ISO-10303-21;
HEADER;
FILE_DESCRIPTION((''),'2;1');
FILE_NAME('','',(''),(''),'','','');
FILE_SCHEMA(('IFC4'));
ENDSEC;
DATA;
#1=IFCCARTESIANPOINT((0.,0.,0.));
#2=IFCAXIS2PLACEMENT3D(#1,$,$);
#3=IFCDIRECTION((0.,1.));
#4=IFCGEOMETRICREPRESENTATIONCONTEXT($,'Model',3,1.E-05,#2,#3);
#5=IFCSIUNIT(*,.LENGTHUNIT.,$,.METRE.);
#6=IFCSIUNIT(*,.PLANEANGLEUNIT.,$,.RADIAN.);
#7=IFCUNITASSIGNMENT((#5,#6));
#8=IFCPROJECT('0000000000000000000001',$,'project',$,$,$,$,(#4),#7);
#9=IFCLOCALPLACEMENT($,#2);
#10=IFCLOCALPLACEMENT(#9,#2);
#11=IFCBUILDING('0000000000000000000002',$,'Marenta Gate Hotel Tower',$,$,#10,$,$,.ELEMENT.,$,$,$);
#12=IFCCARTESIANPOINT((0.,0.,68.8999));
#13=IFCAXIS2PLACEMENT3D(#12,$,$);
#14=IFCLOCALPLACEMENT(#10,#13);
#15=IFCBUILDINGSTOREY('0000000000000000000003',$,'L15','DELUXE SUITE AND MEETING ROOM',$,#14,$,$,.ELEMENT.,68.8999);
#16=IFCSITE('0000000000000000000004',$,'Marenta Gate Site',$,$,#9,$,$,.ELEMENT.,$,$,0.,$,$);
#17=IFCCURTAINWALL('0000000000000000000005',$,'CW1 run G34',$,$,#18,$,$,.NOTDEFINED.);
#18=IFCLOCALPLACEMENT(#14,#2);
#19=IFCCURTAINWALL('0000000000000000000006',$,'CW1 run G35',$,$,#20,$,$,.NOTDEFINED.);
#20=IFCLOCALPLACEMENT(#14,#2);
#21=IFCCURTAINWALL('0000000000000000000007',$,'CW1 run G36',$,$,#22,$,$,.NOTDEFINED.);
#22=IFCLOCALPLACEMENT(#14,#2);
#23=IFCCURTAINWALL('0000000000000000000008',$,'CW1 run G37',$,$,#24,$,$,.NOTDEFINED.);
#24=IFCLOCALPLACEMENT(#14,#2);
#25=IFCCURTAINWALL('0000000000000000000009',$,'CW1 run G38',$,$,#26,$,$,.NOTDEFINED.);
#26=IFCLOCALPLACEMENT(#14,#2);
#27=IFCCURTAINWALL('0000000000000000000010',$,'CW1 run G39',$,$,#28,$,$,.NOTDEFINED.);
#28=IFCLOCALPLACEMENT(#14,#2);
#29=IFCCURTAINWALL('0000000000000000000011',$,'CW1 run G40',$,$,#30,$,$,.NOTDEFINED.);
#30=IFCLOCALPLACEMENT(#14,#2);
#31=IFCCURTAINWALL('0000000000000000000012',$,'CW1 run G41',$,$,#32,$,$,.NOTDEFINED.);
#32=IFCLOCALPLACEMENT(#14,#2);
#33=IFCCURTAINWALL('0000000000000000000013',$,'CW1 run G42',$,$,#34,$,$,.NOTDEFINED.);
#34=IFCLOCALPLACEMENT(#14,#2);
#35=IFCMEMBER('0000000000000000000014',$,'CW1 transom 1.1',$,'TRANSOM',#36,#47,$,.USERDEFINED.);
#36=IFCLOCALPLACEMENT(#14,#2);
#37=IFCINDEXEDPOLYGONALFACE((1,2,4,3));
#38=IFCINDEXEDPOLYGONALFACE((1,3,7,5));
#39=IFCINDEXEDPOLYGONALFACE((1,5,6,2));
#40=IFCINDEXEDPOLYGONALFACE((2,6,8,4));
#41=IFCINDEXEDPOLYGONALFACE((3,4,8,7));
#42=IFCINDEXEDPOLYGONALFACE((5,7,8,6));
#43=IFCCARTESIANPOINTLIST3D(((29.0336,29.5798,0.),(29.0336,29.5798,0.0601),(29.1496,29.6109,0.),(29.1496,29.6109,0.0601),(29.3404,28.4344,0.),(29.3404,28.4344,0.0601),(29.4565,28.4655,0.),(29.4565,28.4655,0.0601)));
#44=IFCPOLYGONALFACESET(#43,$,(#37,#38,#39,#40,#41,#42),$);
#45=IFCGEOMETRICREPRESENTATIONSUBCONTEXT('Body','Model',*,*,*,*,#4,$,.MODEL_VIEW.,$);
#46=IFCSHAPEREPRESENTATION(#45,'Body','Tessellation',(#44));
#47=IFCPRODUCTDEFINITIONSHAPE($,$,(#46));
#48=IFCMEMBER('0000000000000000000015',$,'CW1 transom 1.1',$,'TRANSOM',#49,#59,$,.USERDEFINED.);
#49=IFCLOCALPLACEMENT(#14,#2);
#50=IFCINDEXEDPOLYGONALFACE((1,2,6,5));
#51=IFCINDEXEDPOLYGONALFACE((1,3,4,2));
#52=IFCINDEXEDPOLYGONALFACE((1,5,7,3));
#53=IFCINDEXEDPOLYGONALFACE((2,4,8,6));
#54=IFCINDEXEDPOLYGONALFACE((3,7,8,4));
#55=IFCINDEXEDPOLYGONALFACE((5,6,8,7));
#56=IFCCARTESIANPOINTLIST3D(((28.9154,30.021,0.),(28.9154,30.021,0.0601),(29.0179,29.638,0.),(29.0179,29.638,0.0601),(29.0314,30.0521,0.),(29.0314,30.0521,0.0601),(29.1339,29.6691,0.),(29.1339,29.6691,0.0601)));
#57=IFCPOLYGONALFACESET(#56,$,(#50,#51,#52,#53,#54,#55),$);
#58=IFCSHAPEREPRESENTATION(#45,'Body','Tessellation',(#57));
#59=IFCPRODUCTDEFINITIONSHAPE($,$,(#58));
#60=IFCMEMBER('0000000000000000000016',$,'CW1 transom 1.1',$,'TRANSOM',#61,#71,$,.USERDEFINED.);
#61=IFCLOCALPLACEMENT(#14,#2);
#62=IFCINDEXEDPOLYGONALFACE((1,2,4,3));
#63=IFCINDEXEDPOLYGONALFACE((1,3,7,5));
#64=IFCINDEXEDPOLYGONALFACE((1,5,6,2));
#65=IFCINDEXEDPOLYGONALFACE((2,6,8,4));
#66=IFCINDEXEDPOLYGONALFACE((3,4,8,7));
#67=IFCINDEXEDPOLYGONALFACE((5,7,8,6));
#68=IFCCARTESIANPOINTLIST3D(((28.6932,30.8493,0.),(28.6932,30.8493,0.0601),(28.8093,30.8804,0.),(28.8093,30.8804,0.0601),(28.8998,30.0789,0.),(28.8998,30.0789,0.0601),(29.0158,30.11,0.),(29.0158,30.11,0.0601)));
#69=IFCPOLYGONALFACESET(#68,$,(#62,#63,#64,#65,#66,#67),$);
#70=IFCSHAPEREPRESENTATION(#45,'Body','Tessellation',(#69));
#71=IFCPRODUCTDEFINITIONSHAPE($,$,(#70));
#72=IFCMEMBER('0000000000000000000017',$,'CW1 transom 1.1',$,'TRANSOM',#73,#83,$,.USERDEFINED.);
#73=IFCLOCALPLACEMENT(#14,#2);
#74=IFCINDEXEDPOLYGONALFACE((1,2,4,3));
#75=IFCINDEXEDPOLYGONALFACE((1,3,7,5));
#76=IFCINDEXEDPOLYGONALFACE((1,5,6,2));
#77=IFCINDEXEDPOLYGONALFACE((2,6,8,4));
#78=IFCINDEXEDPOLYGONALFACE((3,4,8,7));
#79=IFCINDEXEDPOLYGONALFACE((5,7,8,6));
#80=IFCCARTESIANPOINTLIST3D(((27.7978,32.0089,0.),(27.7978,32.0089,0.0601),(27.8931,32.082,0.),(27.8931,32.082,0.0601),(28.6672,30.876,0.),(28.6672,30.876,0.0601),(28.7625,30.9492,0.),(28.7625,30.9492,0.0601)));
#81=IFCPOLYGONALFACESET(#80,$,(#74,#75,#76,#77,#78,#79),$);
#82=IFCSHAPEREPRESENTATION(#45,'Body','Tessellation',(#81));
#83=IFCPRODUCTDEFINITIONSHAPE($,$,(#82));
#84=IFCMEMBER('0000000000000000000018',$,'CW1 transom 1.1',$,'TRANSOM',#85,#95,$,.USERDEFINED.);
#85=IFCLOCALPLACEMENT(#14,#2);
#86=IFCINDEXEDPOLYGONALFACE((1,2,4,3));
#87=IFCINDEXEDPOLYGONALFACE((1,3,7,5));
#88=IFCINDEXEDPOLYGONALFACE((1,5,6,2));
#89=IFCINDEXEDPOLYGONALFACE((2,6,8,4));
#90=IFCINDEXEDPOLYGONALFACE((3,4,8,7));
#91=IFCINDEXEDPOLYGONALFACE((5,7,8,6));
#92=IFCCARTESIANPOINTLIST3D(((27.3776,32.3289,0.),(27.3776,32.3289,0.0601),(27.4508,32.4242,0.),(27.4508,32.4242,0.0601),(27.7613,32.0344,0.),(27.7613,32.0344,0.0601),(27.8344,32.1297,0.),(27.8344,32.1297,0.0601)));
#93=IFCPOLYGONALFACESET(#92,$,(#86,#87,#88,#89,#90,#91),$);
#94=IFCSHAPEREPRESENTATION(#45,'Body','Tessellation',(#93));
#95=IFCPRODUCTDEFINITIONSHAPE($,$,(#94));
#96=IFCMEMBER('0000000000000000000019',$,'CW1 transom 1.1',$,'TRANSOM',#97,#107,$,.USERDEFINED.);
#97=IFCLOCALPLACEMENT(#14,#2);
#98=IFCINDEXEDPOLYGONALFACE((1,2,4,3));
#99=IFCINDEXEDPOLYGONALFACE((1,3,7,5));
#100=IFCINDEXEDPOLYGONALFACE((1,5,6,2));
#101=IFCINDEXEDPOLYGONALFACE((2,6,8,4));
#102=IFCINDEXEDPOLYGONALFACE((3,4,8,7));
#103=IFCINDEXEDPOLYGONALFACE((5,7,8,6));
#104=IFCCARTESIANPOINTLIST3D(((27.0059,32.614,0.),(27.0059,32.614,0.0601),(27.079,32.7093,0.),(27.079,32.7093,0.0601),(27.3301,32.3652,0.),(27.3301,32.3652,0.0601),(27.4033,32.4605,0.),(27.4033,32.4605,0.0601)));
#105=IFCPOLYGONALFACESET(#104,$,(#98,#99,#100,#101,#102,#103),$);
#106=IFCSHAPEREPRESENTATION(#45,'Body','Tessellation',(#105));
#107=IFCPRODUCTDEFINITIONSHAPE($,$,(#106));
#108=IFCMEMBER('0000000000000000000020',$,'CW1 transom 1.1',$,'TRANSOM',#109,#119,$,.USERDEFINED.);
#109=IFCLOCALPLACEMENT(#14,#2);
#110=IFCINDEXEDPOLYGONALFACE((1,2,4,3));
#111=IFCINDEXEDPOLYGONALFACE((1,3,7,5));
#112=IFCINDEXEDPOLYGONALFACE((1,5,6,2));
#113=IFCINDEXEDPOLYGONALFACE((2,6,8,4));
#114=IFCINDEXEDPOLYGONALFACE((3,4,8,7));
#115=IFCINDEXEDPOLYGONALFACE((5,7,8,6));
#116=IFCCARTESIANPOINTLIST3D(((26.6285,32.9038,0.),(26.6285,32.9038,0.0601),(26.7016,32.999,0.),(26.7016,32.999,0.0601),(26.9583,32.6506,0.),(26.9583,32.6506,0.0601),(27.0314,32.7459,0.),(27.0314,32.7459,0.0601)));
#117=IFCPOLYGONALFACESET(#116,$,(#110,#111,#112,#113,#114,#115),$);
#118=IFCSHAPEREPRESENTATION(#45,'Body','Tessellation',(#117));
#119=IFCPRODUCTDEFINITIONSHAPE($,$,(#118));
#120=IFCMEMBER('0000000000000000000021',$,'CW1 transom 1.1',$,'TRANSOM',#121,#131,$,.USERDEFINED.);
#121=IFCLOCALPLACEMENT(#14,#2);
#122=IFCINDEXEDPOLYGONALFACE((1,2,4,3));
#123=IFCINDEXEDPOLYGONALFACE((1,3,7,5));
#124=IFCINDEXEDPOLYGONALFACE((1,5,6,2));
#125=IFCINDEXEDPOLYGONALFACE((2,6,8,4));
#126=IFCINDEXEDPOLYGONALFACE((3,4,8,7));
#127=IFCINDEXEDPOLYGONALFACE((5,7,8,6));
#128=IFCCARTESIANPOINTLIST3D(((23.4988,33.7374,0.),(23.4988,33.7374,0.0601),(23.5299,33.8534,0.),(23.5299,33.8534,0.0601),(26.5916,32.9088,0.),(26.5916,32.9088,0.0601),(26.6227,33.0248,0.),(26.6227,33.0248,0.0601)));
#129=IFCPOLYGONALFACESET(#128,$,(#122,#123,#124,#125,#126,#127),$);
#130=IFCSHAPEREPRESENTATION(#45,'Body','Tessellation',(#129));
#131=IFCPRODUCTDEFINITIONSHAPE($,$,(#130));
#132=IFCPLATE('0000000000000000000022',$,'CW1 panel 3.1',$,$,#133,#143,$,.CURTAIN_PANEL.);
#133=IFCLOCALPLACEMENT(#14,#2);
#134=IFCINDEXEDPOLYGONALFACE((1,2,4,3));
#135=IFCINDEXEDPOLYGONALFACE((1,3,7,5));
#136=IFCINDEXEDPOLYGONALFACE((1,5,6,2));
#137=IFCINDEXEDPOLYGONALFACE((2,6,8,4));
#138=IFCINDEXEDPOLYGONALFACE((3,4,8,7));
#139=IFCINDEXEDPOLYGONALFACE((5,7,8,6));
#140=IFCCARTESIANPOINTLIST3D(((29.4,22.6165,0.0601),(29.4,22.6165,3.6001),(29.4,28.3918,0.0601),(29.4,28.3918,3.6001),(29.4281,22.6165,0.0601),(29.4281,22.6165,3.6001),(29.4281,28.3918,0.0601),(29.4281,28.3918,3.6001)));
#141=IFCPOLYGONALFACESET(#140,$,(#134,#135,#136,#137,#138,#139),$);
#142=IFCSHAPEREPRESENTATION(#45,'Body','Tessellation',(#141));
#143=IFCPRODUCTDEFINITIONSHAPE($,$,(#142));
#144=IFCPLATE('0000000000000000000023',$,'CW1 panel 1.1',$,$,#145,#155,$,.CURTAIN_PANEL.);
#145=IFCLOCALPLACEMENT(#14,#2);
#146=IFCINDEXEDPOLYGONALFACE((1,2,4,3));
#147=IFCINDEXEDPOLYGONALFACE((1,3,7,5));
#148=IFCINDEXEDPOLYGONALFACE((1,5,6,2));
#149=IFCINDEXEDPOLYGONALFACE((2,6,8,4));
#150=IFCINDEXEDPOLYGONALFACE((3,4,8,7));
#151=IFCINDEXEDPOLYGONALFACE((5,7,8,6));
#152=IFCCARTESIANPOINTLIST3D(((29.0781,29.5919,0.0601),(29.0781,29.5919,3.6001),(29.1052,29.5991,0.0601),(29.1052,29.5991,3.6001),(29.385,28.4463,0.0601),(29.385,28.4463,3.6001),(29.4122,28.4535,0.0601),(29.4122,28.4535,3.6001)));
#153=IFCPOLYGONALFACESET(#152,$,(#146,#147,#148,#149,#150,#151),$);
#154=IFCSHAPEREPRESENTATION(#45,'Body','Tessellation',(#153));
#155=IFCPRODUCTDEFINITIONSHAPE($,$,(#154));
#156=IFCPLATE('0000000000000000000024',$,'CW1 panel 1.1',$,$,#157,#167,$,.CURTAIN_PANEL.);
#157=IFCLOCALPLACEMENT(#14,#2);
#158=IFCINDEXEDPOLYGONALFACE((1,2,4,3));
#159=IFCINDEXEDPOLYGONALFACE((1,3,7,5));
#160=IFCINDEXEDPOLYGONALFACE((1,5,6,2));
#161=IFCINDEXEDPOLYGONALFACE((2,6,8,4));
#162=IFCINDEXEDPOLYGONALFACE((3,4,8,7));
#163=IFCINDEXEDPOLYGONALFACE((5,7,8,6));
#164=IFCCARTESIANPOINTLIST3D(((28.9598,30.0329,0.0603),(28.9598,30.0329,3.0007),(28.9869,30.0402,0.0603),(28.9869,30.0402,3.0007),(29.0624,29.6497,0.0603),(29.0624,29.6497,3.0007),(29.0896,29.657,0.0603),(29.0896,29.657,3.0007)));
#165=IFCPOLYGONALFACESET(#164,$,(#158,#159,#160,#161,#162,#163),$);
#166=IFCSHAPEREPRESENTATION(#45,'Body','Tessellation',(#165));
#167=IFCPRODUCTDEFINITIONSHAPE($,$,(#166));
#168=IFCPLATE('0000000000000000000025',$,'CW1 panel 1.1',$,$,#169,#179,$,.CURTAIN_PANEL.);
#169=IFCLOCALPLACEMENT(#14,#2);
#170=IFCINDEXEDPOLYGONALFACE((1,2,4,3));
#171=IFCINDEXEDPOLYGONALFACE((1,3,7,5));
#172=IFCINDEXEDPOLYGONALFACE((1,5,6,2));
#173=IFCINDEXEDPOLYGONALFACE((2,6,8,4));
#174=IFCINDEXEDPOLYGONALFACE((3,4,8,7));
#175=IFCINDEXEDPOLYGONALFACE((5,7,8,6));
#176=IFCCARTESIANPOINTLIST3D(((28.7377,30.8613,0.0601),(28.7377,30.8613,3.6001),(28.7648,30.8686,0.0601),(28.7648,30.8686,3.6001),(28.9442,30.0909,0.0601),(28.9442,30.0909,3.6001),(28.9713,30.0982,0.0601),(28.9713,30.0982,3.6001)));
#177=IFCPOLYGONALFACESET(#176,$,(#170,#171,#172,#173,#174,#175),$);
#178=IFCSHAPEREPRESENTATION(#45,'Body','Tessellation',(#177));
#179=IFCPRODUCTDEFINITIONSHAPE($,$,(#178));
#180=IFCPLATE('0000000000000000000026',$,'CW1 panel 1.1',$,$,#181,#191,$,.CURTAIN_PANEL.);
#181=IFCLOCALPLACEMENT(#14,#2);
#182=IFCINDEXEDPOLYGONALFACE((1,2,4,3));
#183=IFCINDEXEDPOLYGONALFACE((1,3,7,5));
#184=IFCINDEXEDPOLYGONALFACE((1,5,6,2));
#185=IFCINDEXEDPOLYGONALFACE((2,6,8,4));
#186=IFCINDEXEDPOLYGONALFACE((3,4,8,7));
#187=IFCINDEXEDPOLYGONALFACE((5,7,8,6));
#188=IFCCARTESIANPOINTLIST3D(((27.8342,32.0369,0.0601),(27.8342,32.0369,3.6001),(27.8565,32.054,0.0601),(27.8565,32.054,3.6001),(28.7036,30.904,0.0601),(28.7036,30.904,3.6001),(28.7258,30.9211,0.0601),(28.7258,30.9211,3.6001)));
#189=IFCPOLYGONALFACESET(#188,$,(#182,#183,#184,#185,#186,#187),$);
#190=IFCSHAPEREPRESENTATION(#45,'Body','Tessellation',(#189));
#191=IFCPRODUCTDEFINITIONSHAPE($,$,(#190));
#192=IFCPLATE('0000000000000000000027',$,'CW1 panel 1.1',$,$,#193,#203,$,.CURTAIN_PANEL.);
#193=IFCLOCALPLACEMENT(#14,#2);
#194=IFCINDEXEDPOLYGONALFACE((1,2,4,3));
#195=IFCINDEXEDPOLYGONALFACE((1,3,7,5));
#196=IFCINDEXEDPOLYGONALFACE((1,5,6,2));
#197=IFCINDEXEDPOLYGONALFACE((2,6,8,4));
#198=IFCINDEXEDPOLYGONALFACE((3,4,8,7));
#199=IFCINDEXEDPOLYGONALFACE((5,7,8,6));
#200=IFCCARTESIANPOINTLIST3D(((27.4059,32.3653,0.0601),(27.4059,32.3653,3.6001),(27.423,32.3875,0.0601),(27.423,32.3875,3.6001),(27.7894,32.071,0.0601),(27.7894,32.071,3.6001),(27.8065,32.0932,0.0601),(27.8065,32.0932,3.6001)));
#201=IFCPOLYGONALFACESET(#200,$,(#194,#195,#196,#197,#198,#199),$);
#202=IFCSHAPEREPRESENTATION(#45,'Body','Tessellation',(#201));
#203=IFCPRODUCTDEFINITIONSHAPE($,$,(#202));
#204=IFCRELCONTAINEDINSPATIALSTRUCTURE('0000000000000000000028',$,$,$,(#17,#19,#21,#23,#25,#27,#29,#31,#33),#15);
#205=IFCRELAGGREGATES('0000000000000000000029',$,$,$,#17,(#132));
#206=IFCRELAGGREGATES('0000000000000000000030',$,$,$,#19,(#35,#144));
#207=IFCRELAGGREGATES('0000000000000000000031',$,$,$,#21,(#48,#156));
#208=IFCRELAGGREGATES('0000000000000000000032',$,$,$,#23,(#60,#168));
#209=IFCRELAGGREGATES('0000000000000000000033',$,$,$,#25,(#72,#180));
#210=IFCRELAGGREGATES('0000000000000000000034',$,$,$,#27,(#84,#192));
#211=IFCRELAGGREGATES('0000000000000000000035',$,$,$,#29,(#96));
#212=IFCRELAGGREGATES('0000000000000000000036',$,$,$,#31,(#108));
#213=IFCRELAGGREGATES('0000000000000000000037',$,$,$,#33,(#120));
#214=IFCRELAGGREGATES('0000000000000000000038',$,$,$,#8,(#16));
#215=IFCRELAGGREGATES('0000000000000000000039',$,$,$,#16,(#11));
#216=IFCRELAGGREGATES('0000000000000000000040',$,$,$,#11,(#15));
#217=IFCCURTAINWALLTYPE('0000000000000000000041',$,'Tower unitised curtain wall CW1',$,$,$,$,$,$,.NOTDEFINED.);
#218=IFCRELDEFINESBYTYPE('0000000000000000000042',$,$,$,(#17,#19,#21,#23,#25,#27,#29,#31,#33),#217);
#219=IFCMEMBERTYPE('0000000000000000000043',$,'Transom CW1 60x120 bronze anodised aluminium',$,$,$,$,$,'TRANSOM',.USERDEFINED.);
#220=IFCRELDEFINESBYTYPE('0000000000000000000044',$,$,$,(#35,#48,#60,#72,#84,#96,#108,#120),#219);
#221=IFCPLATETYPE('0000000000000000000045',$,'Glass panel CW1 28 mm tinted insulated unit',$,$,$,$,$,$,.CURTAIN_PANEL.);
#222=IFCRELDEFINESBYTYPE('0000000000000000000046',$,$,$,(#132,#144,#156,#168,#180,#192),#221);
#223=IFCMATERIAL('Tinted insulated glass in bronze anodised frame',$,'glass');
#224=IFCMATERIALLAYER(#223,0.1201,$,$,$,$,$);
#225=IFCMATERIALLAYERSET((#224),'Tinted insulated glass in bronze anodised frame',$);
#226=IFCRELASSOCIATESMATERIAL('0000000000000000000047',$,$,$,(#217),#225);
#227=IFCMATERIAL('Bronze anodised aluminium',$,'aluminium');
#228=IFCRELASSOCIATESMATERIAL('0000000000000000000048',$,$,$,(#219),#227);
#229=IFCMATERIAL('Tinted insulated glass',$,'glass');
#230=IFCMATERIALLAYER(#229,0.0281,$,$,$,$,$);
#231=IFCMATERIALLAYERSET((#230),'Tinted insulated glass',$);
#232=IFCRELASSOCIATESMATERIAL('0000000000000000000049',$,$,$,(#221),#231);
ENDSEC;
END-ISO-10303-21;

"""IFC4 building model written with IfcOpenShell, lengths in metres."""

from ifc_helpers import new_model, si_unit, direction, frame, origin, origin_2d, place, context, subcontext, project, spatial, rectangle, extrude, material, layer, layer_set, material_profile, profile_set, type_object, element, aggregate, save


model = new_model("IFC4")

# Units and contexts
model_context = context("Model", 3, precision=1e-05, world=origin(), true_north=direction((0.0, 1.0)))
body_context = subcontext(model_context, "Body", "Model", "MODEL_VIEW")
ifc_project = project(units=[si_unit("LENGTHUNIT", "METRE"), si_unit("PLANEANGLEUNIT", "RADIAN")], contexts=[model_context])

# Site, building, storey
site_placement = place(None, origin())
site = spatial("IfcSite", under=ifc_project, at=site_placement, Name="Marenta Gate Site", CompositionType="ELEMENT", RefElevation=0.0)
building_placement = place(site_placement, origin())
building = spatial("IfcBuilding", under=site, at=building_placement, Name="Marenta Gate Hotel Tower", CompositionType="ELEMENT")
storey_placement = place(building_placement, frame((0.0, 0.0, 68.8999)))
storey = spatial("IfcBuildingStorey", under=building, at=storey_placement, Name="L15", Description="DELUXE SUITE AND MEETING ROOM", CompositionType="ELEMENT", Elevation=68.8999)

# Curtain walls
ifc_material_1 = material(Name="Tinted insulated glass in bronze anodised frame", Category="glass")
ifc_layer_1 = layer(ifc_material_1, 0.1201)
ifc_layer_set_1 = layer_set([ifc_layer_1], Name="Tinted insulated glass in bronze anodised frame")
curtain_wall_type = type_object("IfcCurtainWallType", Name="Tower unitised curtain wall CW1", PredefinedType="NOTDEFINED", material=ifc_layer_set_1)
curtain_wall_1_placement = place(storey_placement, origin())
curtain_wall_1 = element("IfcCurtainWall", 1, at=curtain_wall_1_placement, inside=storey, type_object=curtain_wall_type, Name="CW1 run G34", PredefinedType="NOTDEFINED")
curtain_wall_2_placement = place(storey_placement, origin())
curtain_wall_2 = element("IfcCurtainWall", 2, at=curtain_wall_2_placement, inside=storey, type_object=curtain_wall_type, Name="CW1 run G35", PredefinedType="NOTDEFINED")
curtain_wall_3_placement = place(storey_placement, origin())
curtain_wall_3 = element("IfcCurtainWall", 3, at=curtain_wall_3_placement, inside=storey, type_object=curtain_wall_type, Name="CW1 run G36", PredefinedType="NOTDEFINED")
curtain_wall_4_placement = place(storey_placement, origin())
curtain_wall_4 = element("IfcCurtainWall", 4, at=curtain_wall_4_placement, inside=storey, type_object=curtain_wall_type, Name="CW1 run G37", PredefinedType="NOTDEFINED")
curtain_wall_5_placement = place(storey_placement, origin())
curtain_wall_5 = element("IfcCurtainWall", 5, at=curtain_wall_5_placement, inside=storey, type_object=curtain_wall_type, Name="CW1 run G38", PredefinedType="NOTDEFINED")
curtain_wall_6_placement = place(storey_placement, origin())
curtain_wall_6 = element("IfcCurtainWall", 6, at=curtain_wall_6_placement, inside=storey, type_object=curtain_wall_type, Name="CW1 run G39", PredefinedType="NOTDEFINED")
curtain_wall_7_placement = place(storey_placement, origin())
curtain_wall_7 = element("IfcCurtainWall", 7, at=curtain_wall_7_placement, inside=storey, type_object=curtain_wall_type, Name="CW1 run G40", PredefinedType="NOTDEFINED")
curtain_wall_8_placement = place(storey_placement, origin())
curtain_wall_8 = element("IfcCurtainWall", 8, at=curtain_wall_8_placement, inside=storey, type_object=curtain_wall_type, Name="CW1 run G41", PredefinedType="NOTDEFINED")
curtain_wall_9_placement = place(storey_placement, origin())
curtain_wall_9 = element("IfcCurtainWall", 9, at=curtain_wall_9_placement, inside=storey, type_object=curtain_wall_type, Name="CW1 run G42", PredefinedType="NOTDEFINED")

# Members
ifc_material_2 = material(Name="Bronze anodised aluminium", Category="aluminium")
ifc_material_profile_1 = material_profile(ifc_material_2, rectangle(XDim=0.1201, YDim=0.0601, at=origin_2d()), Name="Transom CW1 60x120 bronze anodised aluminium")
ifc_profile_set_1 = profile_set([ifc_material_profile_1], Name="Bronze anodised aluminium")
member_type_1 = type_object("IfcMemberType", Name="Transom CW1 60x120 bronze anodised aluminium", ElementType="TRANSOM", PredefinedType="USERDEFINED", material=ifc_profile_set_1)
member_1_placement = place(storey_placement, frame((29.3984, 28.45, 0.03), z_axis=(-0.258777, 0.965937, 0.0), x_axis=(-0.965937, -0.258777, 0.0)))
member_1 = element("IfcMember", 10, at=member_1_placement, type_object=member_type_1, Name="CW1 transom 1.1", ObjectType="TRANSOM", PredefinedType="USERDEFINED", context=body_context, shape_type="SweptSolid", body=[
    extrude(rectangle(XDim=0.1201, YDim=0.0601, at=origin_2d()), origin(), (0.0, 0.0, 1.0), 1.1858),
])
member_2_placement = place(storey_placement, frame((29.0759, 29.6536, 0.03), z_axis=(-0.258582, 0.965989, 0.0), x_axis=(-0.965989, -0.258582, 0.0)))
member_2 = element("IfcMember", 11, at=member_2_placement, type_object=member_type_1, Name="CW1 transom 1.1", ObjectType="TRANSOM", PredefinedType="USERDEFINED", context=body_context, shape_type="SweptSolid", body=[
    extrude(rectangle(XDim=0.1201, YDim=0.0601, at=origin_2d()), origin(), (0.0, 0.0, 1.0), 0.3965),
])
member_3_placement = place(storey_placement, frame((28.9578, 30.0945, 0.03), z_axis=(-0.25892, 0.965899, 0.0), x_axis=(-0.965899, -0.25892, 0.0)))
member_3 = element("IfcMember", 12, at=member_3_placement, type_object=member_type_1, Name="CW1 transom 1.1", ObjectType="TRANSOM", PredefinedType="USERDEFINED", context=body_context, shape_type="SweptSolid", body=[
    extrude(rectangle(XDim=0.1201, YDim=0.0601, at=origin_2d()), origin(), (0.0, 0.0, 1.0), 0.7976),
])
member_4_placement = place(storey_placement, frame((28.7148, 30.9126, 0.03), z_axis=(-0.608826, 0.793304, 0.0), x_axis=(-0.793304, -0.608826, 0.0)))
member_4 = element("IfcMember", 13, at=member_4_placement, type_object=member_type_1, Name="CW1 transom 1.1", ObjectType="TRANSOM", PredefinedType="USERDEFINED", context=body_context, shape_type="SweptSolid", body=[
    extrude(rectangle(XDim=0.1201, YDim=0.0601, at=origin_2d()), origin(), (0.0, 0.0, 1.0), 1.428),
])
member_5_placement = place(storey_placement, frame((27.7979, 32.082, 0.03), z_axis=(-0.793224, 0.60893, 0.0), x_axis=(-0.60893, -0.793224, 0.0)))
member_5 = element("IfcMember", 14, at=member_5_placement, type_object=member_type_1, Name="CW1 transom 1.1", ObjectType="TRANSOM", PredefinedType="USERDEFINED", context=body_context, shape_type="SweptSolid", body=[
    extrude(rectangle(XDim=0.1201, YDim=0.0601, at=origin_2d()), origin(), (0.0, 0.0, 1.0), 0.4836),
])
member_6_placement = place(storey_placement, frame((27.3667, 32.4128, 0.03), z_axis=(-0.793356, 0.608758, 0.0), x_axis=(-0.608758, -0.793356, 0.0)))
member_6 = element("IfcMember", 15, at=member_6_placement, type_object=member_type_1, Name="CW1 transom 1.1", ObjectType="TRANSOM", PredefinedType="USERDEFINED", context=body_context, shape_type="SweptSolid", body=[
    extrude(rectangle(XDim=0.1201, YDim=0.0601, at=origin_2d()), origin(), (0.0, 0.0, 1.0), 0.4087),
])
member_7_placement = place(storey_placement, frame((26.9949, 32.6982, 0.03), z_axis=(-0.793257, 0.608888, 0.0), x_axis=(-0.608888, -0.793257, 0.0)))
member_7 = element("IfcMember", 16, at=member_7_placement, type_object=member_type_1, Name="CW1 transom 1.1", ObjectType="TRANSOM", PredefinedType="USERDEFINED", context=body_context, shape_type="SweptSolid", body=[
    extrude(rectangle(XDim=0.1201, YDim=0.0601, at=origin_2d()), origin(), (0.0, 0.0, 1.0), 0.4158),
])
member_8_placement = place(storey_placement, frame((26.6072, 32.9668, 0.03), z_axis=(-0.965933, 0.258792, 0.0), x_axis=(-0.258792, -0.965933, 0.0)))
member_8 = element("IfcMember", 17, at=member_8_placement, type_object=member_type_1, Name="CW1 transom 1.1", ObjectType="TRANSOM", PredefinedType="USERDEFINED", context=body_context, shape_type="SweptSolid", body=[
    extrude(rectangle(XDim=0.1201, YDim=0.0601, at=origin_2d()), origin(), (0.0, 0.0, 1.0), 3.2019),
])

# Plates
ifc_material_3 = material(Name="Tinted insulated glass", Category="glass")
ifc_layer_2 = layer(ifc_material_3, 0.0281)
ifc_layer_set_2 = layer_set([ifc_layer_2], Name="Tinted insulated glass")
plate_type = type_object("IfcPlateType", Name="Glass panel CW1 28 mm tinted insulated unit", PredefinedType="CURTAIN_PANEL", material=ifc_layer_set_2)
plate_1_placement = place(storey_placement, frame((29.4141, 25.5042, 0.0601), z_axis=(0.0, 0.0, 1.0), x_axis=(0.0, 1.0, 0.0)))
plate_1 = element("IfcPlate", 18, at=plate_1_placement, type_object=plate_type, Name="CW1 panel 3.1", PredefinedType="CURTAIN_PANEL", context=body_context, shape_type="SweptSolid", body=[
    extrude(rectangle(XDim=5.7754, YDim=0.0281, at=origin_2d()), origin(), (0.0, 0.0, 1.0), 3.54),
])
aggregate(curtain_wall_1, [plate_1])
plate_2_placement = place(storey_placement, frame((29.2451, 29.0227, 0.0601), z_axis=(0.0, 0.0, 1.0), x_axis=(-0.258816, 0.965927, 0.0)))
plate_2 = element("IfcPlate", 19, at=plate_2_placement, type_object=plate_type, Name="CW1 panel 1.1", PredefinedType="CURTAIN_PANEL", context=body_context, shape_type="SweptSolid", body=[
    extrude(rectangle(XDim=1.186, YDim=0.0281, at=origin_2d()), origin(), (0.0, 0.0, 1.0), 3.54),
])
aggregate(curtain_wall_2, [member_1, plate_2])
plate_3_placement = place(storey_placement, frame((29.0247, 29.845, 0.0603), z_axis=(0.0, 0.0, 1.0), x_axis=(-0.258835, 0.965922, 0.0)))
plate_3 = element("IfcPlate", 20, at=plate_3_placement, type_object=plate_type, Name="CW1 panel 1.1", PredefinedType="CURTAIN_PANEL", context=body_context, shape_type="SweptSolid", body=[
    extrude(rectangle(XDim=0.3967, YDim=0.0281, at=origin_2d()), origin(), (0.0, 0.0, 1.0), 2.9404),
])
aggregate(curtain_wall_3, [member_2, plate_3])
plate_4_placement = place(storey_placement, frame((28.8545, 30.4797, 0.0601), z_axis=(0.0, 0.0, 1.0), x_axis=(-0.258823, 0.965925, 0.0)))
plate_4 = element("IfcPlate", 21, at=plate_4_placement, type_object=plate_type, Name="CW1 panel 1.1", PredefinedType="CURTAIN_PANEL", context=body_context, shape_type="SweptSolid", body=[
    extrude(rectangle(XDim=0.7976, YDim=0.0281, at=origin_2d()), origin(), (0.0, 0.0, 1.0), 3.54),
])
aggregate(curtain_wall_4, [member_3, plate_4])
plate_5_placement = place(storey_placement, frame((28.28, 31.479, 0.0601), z_axis=(0.0, 0.0, 1.0), x_axis=(-0.608781, 0.793338, 0.0)))
plate_5 = element("IfcPlate", 22, at=plate_5_placement, type_object=plate_type, Name="CW1 panel 1.1", PredefinedType="CURTAIN_PANEL", context=body_context, shape_type="SweptSolid", body=[
    extrude(rectangle(XDim=1.428, YDim=0.0281, at=origin_2d()), origin(), (0.0, 0.0, 1.0), 3.54),
])
aggregate(curtain_wall_5, [member_4, plate_5])
plate_6_placement = place(storey_placement, frame((27.6062, 32.2292, 0.0601), z_axis=(0.0, 0.0, 1.0), x_axis=(-0.793328, 0.608795, 0.0)))
plate_6 = element("IfcPlate", 23, at=plate_6_placement, type_object=plate_type, Name="CW1 panel 1.1", PredefinedType="CURTAIN_PANEL", context=body_context, shape_type="SweptSolid", body=[
    extrude(rectangle(XDim=0.4834, YDim=0.0281, at=origin_2d()), origin(), (0.0, 0.0, 1.0), 3.54),
])
aggregate(curtain_wall_6, [member_5, plate_6])
aggregate(curtain_wall_7, [member_6])
aggregate(curtain_wall_8, [member_7])
aggregate(curtain_wall_9, [member_8])

save(model, "model.ifc")
